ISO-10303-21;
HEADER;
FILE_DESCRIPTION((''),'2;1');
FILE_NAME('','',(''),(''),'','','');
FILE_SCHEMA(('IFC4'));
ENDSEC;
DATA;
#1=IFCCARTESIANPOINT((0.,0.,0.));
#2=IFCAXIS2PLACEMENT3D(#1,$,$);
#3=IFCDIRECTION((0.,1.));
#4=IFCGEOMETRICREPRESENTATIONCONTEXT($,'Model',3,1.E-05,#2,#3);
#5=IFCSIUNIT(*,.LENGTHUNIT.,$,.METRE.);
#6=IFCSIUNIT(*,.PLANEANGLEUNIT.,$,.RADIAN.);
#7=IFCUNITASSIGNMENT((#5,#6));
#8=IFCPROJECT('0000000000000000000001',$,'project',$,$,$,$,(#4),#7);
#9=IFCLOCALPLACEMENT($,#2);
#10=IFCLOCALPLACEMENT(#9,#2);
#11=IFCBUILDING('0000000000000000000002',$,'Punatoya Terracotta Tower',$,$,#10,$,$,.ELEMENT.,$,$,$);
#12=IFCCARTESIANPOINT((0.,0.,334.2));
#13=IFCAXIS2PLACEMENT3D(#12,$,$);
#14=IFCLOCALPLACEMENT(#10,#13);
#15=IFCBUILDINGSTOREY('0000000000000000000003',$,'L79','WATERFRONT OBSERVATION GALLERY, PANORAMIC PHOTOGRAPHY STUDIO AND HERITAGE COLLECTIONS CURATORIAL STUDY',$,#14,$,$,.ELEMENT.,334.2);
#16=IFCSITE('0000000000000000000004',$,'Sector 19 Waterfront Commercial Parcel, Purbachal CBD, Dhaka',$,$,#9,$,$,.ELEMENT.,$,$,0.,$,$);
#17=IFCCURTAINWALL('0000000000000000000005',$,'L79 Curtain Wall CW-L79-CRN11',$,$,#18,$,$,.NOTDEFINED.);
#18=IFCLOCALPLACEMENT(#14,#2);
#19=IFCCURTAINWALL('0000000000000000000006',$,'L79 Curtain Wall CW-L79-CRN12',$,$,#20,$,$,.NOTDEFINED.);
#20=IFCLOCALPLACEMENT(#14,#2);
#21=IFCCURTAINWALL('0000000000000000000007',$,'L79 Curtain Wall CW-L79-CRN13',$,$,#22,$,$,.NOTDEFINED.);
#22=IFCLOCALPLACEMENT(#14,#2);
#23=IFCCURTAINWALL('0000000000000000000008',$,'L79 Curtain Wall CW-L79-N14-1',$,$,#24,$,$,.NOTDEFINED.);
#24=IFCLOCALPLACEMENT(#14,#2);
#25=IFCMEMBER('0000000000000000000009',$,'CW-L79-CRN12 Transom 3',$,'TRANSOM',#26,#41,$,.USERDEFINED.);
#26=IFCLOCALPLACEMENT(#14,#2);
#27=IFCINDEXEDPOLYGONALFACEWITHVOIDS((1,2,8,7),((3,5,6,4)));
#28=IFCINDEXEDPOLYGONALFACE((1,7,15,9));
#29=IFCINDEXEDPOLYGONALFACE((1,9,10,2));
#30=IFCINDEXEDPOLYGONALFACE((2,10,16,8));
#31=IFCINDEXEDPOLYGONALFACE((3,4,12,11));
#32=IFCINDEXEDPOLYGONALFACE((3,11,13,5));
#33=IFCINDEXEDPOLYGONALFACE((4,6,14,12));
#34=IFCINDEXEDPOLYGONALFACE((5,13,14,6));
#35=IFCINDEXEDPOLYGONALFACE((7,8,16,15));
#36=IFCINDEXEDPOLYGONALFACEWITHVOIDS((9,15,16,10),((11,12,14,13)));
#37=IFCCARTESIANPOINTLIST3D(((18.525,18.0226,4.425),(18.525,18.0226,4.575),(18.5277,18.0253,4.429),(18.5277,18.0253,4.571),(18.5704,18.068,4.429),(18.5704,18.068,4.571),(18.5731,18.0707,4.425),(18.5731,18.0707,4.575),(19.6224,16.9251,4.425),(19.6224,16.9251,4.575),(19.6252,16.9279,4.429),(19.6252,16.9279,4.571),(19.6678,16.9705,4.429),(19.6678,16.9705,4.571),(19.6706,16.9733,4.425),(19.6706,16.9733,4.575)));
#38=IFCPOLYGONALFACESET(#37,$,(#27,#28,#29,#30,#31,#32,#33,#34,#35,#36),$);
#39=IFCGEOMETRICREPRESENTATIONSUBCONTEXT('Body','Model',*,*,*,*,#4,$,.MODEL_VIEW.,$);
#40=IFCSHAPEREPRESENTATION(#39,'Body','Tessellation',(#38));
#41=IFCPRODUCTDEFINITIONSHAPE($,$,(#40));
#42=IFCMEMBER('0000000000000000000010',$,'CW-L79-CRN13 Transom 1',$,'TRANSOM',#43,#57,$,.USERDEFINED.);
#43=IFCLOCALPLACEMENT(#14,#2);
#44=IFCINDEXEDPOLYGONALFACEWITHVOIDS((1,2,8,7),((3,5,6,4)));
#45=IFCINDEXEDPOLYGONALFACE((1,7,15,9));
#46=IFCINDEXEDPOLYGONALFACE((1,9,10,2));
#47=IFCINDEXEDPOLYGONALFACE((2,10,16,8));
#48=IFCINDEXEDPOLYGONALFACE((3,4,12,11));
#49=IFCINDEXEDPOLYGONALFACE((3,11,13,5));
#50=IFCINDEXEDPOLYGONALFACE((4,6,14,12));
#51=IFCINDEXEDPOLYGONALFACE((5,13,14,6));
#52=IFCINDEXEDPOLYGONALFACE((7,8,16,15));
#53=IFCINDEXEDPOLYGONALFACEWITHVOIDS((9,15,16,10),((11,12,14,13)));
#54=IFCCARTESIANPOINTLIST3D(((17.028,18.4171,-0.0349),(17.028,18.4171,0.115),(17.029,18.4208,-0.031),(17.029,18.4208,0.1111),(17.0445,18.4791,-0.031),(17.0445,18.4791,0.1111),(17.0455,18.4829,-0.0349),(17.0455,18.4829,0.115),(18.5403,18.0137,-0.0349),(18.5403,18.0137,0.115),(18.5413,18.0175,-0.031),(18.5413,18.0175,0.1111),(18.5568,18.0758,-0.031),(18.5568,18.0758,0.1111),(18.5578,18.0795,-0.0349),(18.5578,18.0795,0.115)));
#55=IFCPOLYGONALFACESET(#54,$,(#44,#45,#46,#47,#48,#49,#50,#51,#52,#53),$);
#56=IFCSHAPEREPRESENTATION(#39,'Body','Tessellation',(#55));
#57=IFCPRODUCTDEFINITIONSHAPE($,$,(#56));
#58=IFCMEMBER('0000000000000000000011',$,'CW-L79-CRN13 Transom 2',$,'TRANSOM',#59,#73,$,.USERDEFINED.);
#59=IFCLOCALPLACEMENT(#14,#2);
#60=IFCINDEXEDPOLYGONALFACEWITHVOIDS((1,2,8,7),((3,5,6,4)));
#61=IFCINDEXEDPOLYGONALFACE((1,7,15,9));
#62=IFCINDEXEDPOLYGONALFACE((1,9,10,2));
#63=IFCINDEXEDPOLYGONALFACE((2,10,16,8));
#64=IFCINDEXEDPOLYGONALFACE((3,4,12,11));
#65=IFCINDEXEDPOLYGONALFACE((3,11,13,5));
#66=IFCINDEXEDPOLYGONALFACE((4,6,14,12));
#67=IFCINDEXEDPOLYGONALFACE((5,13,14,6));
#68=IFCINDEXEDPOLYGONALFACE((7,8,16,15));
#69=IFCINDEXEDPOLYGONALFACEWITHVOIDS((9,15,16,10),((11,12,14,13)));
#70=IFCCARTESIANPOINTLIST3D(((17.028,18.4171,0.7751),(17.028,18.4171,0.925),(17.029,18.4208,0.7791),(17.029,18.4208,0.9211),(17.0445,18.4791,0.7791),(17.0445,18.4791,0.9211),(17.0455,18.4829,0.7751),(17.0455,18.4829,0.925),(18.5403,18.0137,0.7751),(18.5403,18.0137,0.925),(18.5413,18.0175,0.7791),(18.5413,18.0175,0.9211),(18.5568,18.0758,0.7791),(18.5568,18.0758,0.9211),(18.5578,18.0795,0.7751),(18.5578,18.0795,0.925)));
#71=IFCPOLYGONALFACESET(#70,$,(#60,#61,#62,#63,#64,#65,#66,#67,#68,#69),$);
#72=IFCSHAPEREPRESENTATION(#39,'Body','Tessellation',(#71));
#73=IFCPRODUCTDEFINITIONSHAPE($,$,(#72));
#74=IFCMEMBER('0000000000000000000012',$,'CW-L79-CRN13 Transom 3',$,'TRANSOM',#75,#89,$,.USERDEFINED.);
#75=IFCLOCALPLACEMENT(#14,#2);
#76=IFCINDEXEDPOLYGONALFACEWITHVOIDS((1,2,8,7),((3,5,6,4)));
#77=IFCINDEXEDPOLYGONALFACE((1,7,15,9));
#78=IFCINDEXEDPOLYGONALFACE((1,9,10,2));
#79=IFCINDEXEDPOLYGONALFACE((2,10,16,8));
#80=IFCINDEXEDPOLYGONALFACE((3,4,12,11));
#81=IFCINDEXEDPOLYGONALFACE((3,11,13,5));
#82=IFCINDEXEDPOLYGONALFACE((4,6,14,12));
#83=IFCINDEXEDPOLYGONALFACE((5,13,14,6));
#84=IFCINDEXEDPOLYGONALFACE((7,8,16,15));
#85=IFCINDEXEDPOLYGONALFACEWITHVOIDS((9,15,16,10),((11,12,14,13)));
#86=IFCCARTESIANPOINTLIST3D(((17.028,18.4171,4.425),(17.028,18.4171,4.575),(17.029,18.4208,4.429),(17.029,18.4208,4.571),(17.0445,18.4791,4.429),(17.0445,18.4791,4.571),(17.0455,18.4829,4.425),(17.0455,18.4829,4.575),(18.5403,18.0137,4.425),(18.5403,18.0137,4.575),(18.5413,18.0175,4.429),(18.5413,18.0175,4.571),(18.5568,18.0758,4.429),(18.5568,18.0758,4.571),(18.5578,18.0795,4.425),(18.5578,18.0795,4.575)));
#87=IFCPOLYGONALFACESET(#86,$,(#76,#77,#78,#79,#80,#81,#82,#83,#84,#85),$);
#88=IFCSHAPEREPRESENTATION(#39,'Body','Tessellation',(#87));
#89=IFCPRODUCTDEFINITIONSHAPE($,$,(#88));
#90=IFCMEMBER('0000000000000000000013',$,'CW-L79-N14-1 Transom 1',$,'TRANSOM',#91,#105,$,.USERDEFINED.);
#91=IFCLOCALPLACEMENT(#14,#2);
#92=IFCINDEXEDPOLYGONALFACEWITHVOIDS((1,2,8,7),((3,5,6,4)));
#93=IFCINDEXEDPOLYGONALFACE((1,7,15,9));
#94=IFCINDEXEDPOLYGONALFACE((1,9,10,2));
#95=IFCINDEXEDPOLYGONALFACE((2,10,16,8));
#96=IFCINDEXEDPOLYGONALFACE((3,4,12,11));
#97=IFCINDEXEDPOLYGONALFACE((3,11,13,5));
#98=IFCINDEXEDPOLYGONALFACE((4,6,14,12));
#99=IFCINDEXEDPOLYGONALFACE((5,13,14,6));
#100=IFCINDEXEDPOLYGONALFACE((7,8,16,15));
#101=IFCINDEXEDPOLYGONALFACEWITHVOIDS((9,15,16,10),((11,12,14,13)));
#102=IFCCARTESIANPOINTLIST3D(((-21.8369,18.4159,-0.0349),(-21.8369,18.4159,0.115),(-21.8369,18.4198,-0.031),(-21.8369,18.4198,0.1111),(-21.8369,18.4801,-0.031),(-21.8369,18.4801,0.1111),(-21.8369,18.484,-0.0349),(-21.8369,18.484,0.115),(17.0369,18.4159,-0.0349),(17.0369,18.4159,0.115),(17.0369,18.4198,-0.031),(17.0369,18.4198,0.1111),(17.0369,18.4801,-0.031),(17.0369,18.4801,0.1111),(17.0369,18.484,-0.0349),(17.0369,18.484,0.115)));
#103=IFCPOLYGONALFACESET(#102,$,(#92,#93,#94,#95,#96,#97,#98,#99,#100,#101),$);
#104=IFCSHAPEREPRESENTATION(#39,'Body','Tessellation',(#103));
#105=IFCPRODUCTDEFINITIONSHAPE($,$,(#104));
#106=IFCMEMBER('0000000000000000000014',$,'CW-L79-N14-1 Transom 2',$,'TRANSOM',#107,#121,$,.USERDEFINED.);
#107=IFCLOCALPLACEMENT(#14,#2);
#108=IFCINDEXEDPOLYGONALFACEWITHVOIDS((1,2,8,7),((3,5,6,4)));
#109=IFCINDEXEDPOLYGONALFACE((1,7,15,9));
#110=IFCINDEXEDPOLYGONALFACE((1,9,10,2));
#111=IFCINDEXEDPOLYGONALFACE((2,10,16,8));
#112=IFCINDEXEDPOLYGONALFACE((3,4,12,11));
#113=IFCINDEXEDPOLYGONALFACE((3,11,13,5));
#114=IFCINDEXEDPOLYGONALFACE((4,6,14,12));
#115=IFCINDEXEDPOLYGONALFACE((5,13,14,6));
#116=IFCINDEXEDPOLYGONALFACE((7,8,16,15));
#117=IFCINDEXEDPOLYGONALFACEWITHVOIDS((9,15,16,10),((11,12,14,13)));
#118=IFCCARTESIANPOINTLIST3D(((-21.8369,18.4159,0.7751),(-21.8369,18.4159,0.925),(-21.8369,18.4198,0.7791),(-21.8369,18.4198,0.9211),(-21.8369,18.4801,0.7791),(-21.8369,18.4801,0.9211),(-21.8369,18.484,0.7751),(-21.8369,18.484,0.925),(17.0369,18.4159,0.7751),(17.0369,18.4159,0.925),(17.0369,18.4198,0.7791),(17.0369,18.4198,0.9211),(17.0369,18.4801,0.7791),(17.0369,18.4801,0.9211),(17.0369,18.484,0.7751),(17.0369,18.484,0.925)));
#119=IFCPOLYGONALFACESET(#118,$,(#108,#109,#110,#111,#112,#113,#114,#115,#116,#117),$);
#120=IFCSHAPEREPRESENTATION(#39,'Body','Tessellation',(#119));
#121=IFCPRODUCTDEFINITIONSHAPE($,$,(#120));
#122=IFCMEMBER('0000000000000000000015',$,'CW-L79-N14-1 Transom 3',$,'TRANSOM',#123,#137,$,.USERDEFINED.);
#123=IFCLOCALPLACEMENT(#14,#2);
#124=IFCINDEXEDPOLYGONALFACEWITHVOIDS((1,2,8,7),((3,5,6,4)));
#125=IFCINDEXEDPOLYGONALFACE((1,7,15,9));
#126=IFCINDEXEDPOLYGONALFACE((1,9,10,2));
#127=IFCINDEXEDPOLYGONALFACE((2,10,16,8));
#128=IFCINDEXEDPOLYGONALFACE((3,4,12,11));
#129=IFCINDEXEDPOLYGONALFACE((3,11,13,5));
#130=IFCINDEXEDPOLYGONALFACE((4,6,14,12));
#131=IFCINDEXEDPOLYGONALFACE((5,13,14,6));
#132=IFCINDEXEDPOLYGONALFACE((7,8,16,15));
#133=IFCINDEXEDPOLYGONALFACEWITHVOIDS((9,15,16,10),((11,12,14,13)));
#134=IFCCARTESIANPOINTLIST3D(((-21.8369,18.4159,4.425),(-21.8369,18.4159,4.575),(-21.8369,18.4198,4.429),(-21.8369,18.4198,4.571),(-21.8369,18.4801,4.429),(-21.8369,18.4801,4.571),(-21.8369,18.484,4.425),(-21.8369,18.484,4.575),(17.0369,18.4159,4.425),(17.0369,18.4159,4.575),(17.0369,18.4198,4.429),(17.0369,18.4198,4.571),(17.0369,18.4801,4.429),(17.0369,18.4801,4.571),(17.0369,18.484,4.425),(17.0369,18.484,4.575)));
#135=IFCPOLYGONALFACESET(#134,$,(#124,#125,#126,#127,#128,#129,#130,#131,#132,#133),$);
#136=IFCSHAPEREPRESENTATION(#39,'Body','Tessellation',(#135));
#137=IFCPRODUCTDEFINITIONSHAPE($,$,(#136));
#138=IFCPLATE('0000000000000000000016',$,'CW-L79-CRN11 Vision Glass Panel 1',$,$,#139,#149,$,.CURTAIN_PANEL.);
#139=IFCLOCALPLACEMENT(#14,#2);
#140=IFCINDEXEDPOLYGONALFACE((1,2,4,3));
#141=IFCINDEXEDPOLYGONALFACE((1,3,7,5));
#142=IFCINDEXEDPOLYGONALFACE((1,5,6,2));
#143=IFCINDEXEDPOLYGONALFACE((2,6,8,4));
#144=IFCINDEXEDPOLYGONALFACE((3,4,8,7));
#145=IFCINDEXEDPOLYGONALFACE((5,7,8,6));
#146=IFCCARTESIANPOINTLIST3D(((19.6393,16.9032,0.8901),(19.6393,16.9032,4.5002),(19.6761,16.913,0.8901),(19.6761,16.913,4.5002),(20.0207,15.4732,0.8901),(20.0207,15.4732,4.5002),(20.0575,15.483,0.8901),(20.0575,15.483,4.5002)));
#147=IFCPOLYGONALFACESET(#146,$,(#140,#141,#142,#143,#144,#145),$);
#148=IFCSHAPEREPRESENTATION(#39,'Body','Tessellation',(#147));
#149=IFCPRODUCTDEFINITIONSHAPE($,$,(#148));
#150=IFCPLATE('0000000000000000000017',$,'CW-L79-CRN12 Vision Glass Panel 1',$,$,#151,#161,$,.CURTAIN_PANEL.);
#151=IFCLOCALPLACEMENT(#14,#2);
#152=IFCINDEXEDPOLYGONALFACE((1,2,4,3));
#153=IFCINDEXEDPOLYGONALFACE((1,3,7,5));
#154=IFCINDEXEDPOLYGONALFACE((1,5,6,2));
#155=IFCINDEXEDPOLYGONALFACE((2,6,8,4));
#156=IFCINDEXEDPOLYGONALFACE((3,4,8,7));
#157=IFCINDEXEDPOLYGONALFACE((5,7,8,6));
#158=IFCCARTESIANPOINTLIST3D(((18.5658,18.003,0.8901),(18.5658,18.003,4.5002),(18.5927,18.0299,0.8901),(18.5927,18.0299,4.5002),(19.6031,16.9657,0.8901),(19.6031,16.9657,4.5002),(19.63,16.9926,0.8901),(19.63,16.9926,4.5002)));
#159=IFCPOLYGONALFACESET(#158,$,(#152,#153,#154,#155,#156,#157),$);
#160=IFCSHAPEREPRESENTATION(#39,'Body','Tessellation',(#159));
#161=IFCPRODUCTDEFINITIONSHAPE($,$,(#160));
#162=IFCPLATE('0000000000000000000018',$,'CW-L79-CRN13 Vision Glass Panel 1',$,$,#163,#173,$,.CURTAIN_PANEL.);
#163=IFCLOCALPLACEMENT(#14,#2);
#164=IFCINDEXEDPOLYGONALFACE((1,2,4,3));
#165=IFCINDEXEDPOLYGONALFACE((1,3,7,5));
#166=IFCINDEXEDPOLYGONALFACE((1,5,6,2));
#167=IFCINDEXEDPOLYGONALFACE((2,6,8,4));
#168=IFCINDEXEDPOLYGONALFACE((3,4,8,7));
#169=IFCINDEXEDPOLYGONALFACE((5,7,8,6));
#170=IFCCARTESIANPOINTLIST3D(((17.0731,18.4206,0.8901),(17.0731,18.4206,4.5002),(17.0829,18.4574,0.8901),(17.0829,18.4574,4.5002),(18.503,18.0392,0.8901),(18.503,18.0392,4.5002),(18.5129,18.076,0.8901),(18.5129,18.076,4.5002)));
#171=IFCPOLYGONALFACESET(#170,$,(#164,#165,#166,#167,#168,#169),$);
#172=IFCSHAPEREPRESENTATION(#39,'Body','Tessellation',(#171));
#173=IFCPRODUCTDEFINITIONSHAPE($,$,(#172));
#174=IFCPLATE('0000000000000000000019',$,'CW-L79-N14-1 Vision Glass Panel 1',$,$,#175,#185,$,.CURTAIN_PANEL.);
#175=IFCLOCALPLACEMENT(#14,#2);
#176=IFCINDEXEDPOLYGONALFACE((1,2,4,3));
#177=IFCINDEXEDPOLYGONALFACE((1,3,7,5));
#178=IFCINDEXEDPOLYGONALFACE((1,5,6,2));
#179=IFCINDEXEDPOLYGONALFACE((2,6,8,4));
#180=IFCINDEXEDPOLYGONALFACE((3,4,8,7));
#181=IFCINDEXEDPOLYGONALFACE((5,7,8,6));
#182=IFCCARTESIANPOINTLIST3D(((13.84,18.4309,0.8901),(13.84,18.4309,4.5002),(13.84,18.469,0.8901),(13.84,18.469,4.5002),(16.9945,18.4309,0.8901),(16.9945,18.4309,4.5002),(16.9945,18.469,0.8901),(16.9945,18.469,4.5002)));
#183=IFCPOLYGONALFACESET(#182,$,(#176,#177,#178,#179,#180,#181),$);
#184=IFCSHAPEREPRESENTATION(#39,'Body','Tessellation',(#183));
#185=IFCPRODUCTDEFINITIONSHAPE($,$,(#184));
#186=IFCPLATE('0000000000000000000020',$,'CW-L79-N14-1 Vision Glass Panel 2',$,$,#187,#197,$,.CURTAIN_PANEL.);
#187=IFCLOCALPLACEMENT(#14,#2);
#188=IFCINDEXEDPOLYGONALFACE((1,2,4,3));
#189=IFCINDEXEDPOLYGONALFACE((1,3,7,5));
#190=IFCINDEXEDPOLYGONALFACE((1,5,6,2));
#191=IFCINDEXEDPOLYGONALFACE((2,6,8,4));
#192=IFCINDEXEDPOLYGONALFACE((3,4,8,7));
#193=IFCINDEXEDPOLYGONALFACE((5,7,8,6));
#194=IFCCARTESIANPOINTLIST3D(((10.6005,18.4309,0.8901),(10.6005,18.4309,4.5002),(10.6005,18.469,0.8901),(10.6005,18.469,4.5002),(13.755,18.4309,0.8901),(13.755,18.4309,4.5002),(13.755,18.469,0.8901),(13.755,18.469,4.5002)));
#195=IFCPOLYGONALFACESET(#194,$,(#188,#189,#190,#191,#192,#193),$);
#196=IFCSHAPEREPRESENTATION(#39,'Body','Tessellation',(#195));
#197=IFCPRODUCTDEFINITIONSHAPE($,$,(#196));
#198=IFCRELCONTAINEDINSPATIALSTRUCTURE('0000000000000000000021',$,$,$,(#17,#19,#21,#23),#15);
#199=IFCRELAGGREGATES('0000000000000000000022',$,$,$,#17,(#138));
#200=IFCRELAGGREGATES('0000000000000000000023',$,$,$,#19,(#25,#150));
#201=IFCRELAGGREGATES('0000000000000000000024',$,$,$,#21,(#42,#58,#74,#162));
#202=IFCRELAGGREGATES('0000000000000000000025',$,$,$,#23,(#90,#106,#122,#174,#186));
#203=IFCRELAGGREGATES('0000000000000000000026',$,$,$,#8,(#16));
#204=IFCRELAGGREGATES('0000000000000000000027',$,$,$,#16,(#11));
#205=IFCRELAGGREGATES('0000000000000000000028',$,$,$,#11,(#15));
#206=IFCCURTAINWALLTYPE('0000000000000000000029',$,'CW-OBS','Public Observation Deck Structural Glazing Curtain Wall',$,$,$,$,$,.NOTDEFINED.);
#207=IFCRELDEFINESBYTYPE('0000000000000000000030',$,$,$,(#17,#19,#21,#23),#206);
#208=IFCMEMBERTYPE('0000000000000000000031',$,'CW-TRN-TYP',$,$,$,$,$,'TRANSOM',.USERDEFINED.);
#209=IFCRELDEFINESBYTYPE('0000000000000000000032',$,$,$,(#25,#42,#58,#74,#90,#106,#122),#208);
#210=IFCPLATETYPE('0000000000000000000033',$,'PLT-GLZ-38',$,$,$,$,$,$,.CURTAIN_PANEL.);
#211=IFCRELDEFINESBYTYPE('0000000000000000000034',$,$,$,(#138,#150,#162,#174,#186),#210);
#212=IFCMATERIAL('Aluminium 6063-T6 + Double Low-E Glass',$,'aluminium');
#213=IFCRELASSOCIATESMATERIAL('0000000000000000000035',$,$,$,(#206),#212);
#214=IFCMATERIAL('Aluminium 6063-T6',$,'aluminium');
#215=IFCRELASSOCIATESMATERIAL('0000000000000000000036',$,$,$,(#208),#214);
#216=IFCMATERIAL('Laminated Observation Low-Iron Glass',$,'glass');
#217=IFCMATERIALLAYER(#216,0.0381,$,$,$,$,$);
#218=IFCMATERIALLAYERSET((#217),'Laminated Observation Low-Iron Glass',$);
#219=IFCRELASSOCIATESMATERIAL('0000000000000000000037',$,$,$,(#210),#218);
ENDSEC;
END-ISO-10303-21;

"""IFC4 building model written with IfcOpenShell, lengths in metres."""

from ifc_helpers import new_model, si_unit, direction, frame, origin, origin_2d, place, context, subcontext, project, spatial, rectangle, hollow_rectangle, extrude, material, layer, layer_set, material_profile, profile_set, type_object, element, aggregate, save


model = new_model("IFC4")

# Units and contexts
model_context = context("Model", 3, precision=1e-05, world=origin(), true_north=direction((0.0, 1.0)))
body_context = subcontext(model_context, "Body", "Model", "MODEL_VIEW")
ifc_project = project(units=[si_unit("LENGTHUNIT", "METRE"), si_unit("PLANEANGLEUNIT", "RADIAN")], contexts=[model_context])

# Site, building, storey
site_placement = place(None, origin())
site = spatial("IfcSite", under=ifc_project, at=site_placement, Name="Sector 19 Waterfront Commercial Parcel, Purbachal CBD, Dhaka", CompositionType="ELEMENT", RefElevation=0.0)
building_placement = place(site_placement, origin())
building = spatial("IfcBuilding", under=site, at=building_placement, Name="Punatoya Terracotta Tower", CompositionType="ELEMENT")
storey_placement = place(building_placement, frame((0.0, 0.0, 334.2)))
storey = spatial("IfcBuildingStorey", under=building, at=storey_placement, Name="L79", Description="WATERFRONT OBSERVATION GALLERY, PANORAMIC PHOTOGRAPHY STUDIO AND HERITAGE COLLECTIONS CURATORIAL STUDY", CompositionType="ELEMENT", Elevation=334.2)

# Curtain walls
ifc_material_1 = material(Name="Aluminium 6063-T6 + Double Low-E Glass", Category="aluminium")
curtain_wall_type = type_object("IfcCurtainWallType", Name="CW-OBS", Description="Public Observation Deck Structural Glazing Curtain Wall", PredefinedType="NOTDEFINED", material=ifc_material_1)
curtain_wall_1_placement = place(storey_placement, origin())
curtain_wall_1 = element("IfcCurtainWall", 1, at=curtain_wall_1_placement, inside=storey, type_object=curtain_wall_type, Name="L79 Curtain Wall CW-L79-CRN11", PredefinedType="NOTDEFINED")
ifc_material_2 = material(Name="Aluminium 6063-T6", Category="aluminium")
curtain_wall_2_placement = place(storey_placement, origin())
curtain_wall_2 = element("IfcCurtainWall", 2, at=curtain_wall_2_placement, inside=storey, type_object=curtain_wall_type, Name="L79 Curtain Wall CW-L79-CRN12", PredefinedType="NOTDEFINED")
curtain_wall_3_placement = place(storey_placement, origin())
curtain_wall_3 = element("IfcCurtainWall", 3, at=curtain_wall_3_placement, inside=storey, type_object=curtain_wall_type, Name="L79 Curtain Wall CW-L79-CRN13", PredefinedType="NOTDEFINED")
curtain_wall_4_placement = place(storey_placement, origin())
curtain_wall_4 = element("IfcCurtainWall", 4, at=curtain_wall_4_placement, inside=storey, type_object=curtain_wall_type, Name="L79 Curtain Wall CW-L79-N14-1", PredefinedType="NOTDEFINED")

# Members
ifc_material_profile_1 = material_profile(ifc_material_2, hollow_rectangle(XDim=0.0681, YDim=0.1499, WallThickness=0.0039, at=origin_2d()))
ifc_profile_set_1 = profile_set([ifc_material_profile_1], Name="Aluminium 6063-T6")
member_type_1 = type_object("IfcMemberType", Name="CW-TRN-TYP", ElementType="TRANSOM", PredefinedType="USERDEFINED", material=ifc_profile_set_1)
member_1_placement = place(storey_placement, frame((19.6465, 16.9492, 4.5), z_axis=(-0.707107, 0.707107, 0.0), x_axis=(-0.707107, -0.707107, 0.0)))
member_1 = element("IfcMember", 5, at=member_1_placement, type_object=member_type_1, Name="CW-L79-CRN12 Transom 3", ObjectType="TRANSOM", PredefinedType="USERDEFINED", context=body_context, shape_type="SweptSolid", body=[
    extrude(hollow_rectangle(XDim=0.0681, YDim=0.1499, WallThickness=0.0039, at=origin_2d()), origin(), (0.0, 0.0, 1.0), 1.552),
])
member_2_placement = place(storey_placement, frame((18.5491, 18.0466, 0.04), z_axis=(-0.966225, 0.257701, 0.0), x_axis=(-0.257701, -0.966225, 0.0)))
member_2 = element("IfcMember", 6, at=member_2_placement, type_object=member_type_1, Name="CW-L79-CRN13 Transom 1", ObjectType="TRANSOM", PredefinedType="USERDEFINED", context=body_context, shape_type="SweptSolid", body=[
    extrude(hollow_rectangle(XDim=0.0681, YDim=0.1499, WallThickness=0.0039, at=origin_2d()), origin(), (0.0, 0.0, 1.0), 1.5652),
])
member_3_placement = place(storey_placement, frame((18.5491, 18.0466, 0.8501), z_axis=(-0.966225, 0.257701, 0.0), x_axis=(-0.257701, -0.966225, 0.0)))
member_3 = element("IfcMember", 7, at=member_3_placement, type_object=member_type_1, Name="CW-L79-CRN13 Transom 2", ObjectType="TRANSOM", PredefinedType="USERDEFINED", context=body_context, shape_type="SweptSolid", body=[
    extrude(hollow_rectangle(XDim=0.0681, YDim=0.1499, WallThickness=0.0039, at=origin_2d()), origin(), (0.0, 0.0, 1.0), 1.5652),
])
member_4_placement = place(storey_placement, frame((18.5491, 18.0466, 4.5), z_axis=(-0.966225, 0.257701, 0.0), x_axis=(-0.257701, -0.966225, 0.0)))
member_4 = element("IfcMember", 8, at=member_4_placement, type_object=member_type_1, Name="CW-L79-CRN13 Transom 3", ObjectType="TRANSOM", PredefinedType="USERDEFINED", context=body_context, shape_type="SweptSolid", body=[
    extrude(hollow_rectangle(XDim=0.0681, YDim=0.1499, WallThickness=0.0039, at=origin_2d()), origin(), (0.0, 0.0, 1.0), 1.5652),
])
member_5_placement = place(storey_placement, frame((17.0369, 18.45, 0.04), z_axis=(-1.0, 0.0, 0.0), x_axis=(0.0, -1.0, 0.0)))
member_5 = element("IfcMember", 9, at=member_5_placement, type_object=member_type_1, Name="CW-L79-N14-1 Transom 1", ObjectType="TRANSOM", PredefinedType="USERDEFINED", context=body_context, shape_type="SweptSolid", body=[
    extrude(hollow_rectangle(XDim=0.0681, YDim=0.1499, WallThickness=0.0039, at=origin_2d()), origin(), (0.0, 0.0, 1.0), 38.8738),
])
member_6_placement = place(storey_placement, frame((17.0369, 18.45, 0.8501), z_axis=(-1.0, 0.0, 0.0), x_axis=(0.0, -1.0, 0.0)))
member_6 = element("IfcMember", 10, at=member_6_placement, type_object=member_type_1, Name="CW-L79-N14-1 Transom 2", ObjectType="TRANSOM", PredefinedType="USERDEFINED", context=body_context, shape_type="SweptSolid", body=[
    extrude(hollow_rectangle(XDim=0.0681, YDim=0.1499, WallThickness=0.0039, at=origin_2d()), origin(), (0.0, 0.0, 1.0), 38.8738),
])
member_7_placement = place(storey_placement, frame((17.0369, 18.45, 4.5), z_axis=(-1.0, 0.0, 0.0), x_axis=(0.0, -1.0, 0.0)))
member_7 = element("IfcMember", 11, at=member_7_placement, type_object=member_type_1, Name="CW-L79-N14-1 Transom 3", ObjectType="TRANSOM", PredefinedType="USERDEFINED", context=body_context, shape_type="SweptSolid", body=[
    extrude(hollow_rectangle(XDim=0.0681, YDim=0.1499, WallThickness=0.0039, at=origin_2d()), origin(), (0.0, 0.0, 1.0), 38.8738),
])

# Plates
ifc_material_3 = material(Name="Laminated Observation Low-Iron Glass", Category="glass")
ifc_layer_1 = layer(ifc_material_3, 0.0381)
ifc_layer_set_1 = layer_set([ifc_layer_1], Name="Laminated Observation Low-Iron Glass")
plate_type_1 = type_object("IfcPlateType", Name="PLT-GLZ-38", PredefinedType="CURTAIN_PANEL", material=ifc_layer_set_1)
plate_1_placement = place(storey_placement, frame((19.8484, 16.1931, 0.8901), z_axis=(0.0, 0.0, 1.0), x_axis=(-0.257742, 0.966214, 0.0)))
plate_1 = element("IfcPlate", 12, at=plate_1_placement, type_object=plate_type_1, Name="CW-L79-CRN11 Vision Glass Panel 1", PredefinedType="CURTAIN_PANEL", context=body_context, shape_type="SweptSolid", body=[
    extrude(rectangle(XDim=1.48, YDim=0.0381, at=origin_2d()), origin(), (0.0, 0.0, 1.0), 3.6101),
])
plate_2_placement = place(storey_placement, frame((19.0979, 17.4978, 0.8901), z_axis=(0.0, 0.0, 1.0), x_axis=(-0.707107, 0.707107, 0.0)))
plate_2 = element("IfcPlate", 13, at=plate_2_placement, type_object=plate_type_1, Name="CW-L79-CRN12 Vision Glass Panel 1", PredefinedType="CURTAIN_PANEL", context=body_context, shape_type="SweptSolid", body=[
    extrude(rectangle(XDim=1.467, YDim=0.0381, at=origin_2d()), origin(), (0.0, 0.0, 1.0), 3.6101),
])
plate_3_placement = place(storey_placement, frame((17.793, 18.2483, 0.8901), z_axis=(0.0, 0.0, 1.0), x_axis=(-0.966214, 0.257742, 0.0)))
plate_3 = element("IfcPlate", 14, at=plate_3_placement, type_object=plate_type_1, Name="CW-L79-CRN13 Vision Glass Panel 1", PredefinedType="CURTAIN_PANEL", context=body_context, shape_type="SweptSolid", body=[
    extrude(rectangle(XDim=1.48, YDim=0.0381, at=origin_2d()), origin(), (0.0, 0.0, 1.0), 3.6101),
])
plate_4_placement = place(storey_placement, frame((15.4172, 18.45, 0.8901), z_axis=(0.0, 0.0, 1.0), x_axis=(-1.0, 0.0, 0.0)))
plate_4 = element("IfcPlate", 15, at=plate_4_placement, type_object=plate_type_1, Name="CW-L79-N14-1 Vision Glass Panel 1", PredefinedType="CURTAIN_PANEL", context=body_context, shape_type="SweptSolid", body=[
    extrude(rectangle(XDim=3.1545, YDim=0.0381, at=origin_2d()), origin(), (0.0, 0.0, 1.0), 3.6101),
])
plate_5_placement = place(storey_placement, frame((12.1777, 18.45, 0.8901), z_axis=(0.0, 0.0, 1.0), x_axis=(-1.0, 0.0, 0.0)))
plate_5 = element("IfcPlate", 16, at=plate_5_placement, type_object=plate_type_1, Name="CW-L79-N14-1 Vision Glass Panel 2", PredefinedType="CURTAIN_PANEL", context=body_context, shape_type="SweptSolid", body=[
    extrude(rectangle(XDim=3.1545, YDim=0.0381, at=origin_2d()), origin(), (0.0, 0.0, 1.0), 3.6101),
])
aggregate(curtain_wall_1, [plate_1])
aggregate(curtain_wall_2, [member_1, plate_2])
aggregate(curtain_wall_3, [member_2, member_3, member_4, plate_3])
aggregate(curtain_wall_4, [member_5, member_6, member_7, plate_4, plate_5])

save(model, "model.ifc")
